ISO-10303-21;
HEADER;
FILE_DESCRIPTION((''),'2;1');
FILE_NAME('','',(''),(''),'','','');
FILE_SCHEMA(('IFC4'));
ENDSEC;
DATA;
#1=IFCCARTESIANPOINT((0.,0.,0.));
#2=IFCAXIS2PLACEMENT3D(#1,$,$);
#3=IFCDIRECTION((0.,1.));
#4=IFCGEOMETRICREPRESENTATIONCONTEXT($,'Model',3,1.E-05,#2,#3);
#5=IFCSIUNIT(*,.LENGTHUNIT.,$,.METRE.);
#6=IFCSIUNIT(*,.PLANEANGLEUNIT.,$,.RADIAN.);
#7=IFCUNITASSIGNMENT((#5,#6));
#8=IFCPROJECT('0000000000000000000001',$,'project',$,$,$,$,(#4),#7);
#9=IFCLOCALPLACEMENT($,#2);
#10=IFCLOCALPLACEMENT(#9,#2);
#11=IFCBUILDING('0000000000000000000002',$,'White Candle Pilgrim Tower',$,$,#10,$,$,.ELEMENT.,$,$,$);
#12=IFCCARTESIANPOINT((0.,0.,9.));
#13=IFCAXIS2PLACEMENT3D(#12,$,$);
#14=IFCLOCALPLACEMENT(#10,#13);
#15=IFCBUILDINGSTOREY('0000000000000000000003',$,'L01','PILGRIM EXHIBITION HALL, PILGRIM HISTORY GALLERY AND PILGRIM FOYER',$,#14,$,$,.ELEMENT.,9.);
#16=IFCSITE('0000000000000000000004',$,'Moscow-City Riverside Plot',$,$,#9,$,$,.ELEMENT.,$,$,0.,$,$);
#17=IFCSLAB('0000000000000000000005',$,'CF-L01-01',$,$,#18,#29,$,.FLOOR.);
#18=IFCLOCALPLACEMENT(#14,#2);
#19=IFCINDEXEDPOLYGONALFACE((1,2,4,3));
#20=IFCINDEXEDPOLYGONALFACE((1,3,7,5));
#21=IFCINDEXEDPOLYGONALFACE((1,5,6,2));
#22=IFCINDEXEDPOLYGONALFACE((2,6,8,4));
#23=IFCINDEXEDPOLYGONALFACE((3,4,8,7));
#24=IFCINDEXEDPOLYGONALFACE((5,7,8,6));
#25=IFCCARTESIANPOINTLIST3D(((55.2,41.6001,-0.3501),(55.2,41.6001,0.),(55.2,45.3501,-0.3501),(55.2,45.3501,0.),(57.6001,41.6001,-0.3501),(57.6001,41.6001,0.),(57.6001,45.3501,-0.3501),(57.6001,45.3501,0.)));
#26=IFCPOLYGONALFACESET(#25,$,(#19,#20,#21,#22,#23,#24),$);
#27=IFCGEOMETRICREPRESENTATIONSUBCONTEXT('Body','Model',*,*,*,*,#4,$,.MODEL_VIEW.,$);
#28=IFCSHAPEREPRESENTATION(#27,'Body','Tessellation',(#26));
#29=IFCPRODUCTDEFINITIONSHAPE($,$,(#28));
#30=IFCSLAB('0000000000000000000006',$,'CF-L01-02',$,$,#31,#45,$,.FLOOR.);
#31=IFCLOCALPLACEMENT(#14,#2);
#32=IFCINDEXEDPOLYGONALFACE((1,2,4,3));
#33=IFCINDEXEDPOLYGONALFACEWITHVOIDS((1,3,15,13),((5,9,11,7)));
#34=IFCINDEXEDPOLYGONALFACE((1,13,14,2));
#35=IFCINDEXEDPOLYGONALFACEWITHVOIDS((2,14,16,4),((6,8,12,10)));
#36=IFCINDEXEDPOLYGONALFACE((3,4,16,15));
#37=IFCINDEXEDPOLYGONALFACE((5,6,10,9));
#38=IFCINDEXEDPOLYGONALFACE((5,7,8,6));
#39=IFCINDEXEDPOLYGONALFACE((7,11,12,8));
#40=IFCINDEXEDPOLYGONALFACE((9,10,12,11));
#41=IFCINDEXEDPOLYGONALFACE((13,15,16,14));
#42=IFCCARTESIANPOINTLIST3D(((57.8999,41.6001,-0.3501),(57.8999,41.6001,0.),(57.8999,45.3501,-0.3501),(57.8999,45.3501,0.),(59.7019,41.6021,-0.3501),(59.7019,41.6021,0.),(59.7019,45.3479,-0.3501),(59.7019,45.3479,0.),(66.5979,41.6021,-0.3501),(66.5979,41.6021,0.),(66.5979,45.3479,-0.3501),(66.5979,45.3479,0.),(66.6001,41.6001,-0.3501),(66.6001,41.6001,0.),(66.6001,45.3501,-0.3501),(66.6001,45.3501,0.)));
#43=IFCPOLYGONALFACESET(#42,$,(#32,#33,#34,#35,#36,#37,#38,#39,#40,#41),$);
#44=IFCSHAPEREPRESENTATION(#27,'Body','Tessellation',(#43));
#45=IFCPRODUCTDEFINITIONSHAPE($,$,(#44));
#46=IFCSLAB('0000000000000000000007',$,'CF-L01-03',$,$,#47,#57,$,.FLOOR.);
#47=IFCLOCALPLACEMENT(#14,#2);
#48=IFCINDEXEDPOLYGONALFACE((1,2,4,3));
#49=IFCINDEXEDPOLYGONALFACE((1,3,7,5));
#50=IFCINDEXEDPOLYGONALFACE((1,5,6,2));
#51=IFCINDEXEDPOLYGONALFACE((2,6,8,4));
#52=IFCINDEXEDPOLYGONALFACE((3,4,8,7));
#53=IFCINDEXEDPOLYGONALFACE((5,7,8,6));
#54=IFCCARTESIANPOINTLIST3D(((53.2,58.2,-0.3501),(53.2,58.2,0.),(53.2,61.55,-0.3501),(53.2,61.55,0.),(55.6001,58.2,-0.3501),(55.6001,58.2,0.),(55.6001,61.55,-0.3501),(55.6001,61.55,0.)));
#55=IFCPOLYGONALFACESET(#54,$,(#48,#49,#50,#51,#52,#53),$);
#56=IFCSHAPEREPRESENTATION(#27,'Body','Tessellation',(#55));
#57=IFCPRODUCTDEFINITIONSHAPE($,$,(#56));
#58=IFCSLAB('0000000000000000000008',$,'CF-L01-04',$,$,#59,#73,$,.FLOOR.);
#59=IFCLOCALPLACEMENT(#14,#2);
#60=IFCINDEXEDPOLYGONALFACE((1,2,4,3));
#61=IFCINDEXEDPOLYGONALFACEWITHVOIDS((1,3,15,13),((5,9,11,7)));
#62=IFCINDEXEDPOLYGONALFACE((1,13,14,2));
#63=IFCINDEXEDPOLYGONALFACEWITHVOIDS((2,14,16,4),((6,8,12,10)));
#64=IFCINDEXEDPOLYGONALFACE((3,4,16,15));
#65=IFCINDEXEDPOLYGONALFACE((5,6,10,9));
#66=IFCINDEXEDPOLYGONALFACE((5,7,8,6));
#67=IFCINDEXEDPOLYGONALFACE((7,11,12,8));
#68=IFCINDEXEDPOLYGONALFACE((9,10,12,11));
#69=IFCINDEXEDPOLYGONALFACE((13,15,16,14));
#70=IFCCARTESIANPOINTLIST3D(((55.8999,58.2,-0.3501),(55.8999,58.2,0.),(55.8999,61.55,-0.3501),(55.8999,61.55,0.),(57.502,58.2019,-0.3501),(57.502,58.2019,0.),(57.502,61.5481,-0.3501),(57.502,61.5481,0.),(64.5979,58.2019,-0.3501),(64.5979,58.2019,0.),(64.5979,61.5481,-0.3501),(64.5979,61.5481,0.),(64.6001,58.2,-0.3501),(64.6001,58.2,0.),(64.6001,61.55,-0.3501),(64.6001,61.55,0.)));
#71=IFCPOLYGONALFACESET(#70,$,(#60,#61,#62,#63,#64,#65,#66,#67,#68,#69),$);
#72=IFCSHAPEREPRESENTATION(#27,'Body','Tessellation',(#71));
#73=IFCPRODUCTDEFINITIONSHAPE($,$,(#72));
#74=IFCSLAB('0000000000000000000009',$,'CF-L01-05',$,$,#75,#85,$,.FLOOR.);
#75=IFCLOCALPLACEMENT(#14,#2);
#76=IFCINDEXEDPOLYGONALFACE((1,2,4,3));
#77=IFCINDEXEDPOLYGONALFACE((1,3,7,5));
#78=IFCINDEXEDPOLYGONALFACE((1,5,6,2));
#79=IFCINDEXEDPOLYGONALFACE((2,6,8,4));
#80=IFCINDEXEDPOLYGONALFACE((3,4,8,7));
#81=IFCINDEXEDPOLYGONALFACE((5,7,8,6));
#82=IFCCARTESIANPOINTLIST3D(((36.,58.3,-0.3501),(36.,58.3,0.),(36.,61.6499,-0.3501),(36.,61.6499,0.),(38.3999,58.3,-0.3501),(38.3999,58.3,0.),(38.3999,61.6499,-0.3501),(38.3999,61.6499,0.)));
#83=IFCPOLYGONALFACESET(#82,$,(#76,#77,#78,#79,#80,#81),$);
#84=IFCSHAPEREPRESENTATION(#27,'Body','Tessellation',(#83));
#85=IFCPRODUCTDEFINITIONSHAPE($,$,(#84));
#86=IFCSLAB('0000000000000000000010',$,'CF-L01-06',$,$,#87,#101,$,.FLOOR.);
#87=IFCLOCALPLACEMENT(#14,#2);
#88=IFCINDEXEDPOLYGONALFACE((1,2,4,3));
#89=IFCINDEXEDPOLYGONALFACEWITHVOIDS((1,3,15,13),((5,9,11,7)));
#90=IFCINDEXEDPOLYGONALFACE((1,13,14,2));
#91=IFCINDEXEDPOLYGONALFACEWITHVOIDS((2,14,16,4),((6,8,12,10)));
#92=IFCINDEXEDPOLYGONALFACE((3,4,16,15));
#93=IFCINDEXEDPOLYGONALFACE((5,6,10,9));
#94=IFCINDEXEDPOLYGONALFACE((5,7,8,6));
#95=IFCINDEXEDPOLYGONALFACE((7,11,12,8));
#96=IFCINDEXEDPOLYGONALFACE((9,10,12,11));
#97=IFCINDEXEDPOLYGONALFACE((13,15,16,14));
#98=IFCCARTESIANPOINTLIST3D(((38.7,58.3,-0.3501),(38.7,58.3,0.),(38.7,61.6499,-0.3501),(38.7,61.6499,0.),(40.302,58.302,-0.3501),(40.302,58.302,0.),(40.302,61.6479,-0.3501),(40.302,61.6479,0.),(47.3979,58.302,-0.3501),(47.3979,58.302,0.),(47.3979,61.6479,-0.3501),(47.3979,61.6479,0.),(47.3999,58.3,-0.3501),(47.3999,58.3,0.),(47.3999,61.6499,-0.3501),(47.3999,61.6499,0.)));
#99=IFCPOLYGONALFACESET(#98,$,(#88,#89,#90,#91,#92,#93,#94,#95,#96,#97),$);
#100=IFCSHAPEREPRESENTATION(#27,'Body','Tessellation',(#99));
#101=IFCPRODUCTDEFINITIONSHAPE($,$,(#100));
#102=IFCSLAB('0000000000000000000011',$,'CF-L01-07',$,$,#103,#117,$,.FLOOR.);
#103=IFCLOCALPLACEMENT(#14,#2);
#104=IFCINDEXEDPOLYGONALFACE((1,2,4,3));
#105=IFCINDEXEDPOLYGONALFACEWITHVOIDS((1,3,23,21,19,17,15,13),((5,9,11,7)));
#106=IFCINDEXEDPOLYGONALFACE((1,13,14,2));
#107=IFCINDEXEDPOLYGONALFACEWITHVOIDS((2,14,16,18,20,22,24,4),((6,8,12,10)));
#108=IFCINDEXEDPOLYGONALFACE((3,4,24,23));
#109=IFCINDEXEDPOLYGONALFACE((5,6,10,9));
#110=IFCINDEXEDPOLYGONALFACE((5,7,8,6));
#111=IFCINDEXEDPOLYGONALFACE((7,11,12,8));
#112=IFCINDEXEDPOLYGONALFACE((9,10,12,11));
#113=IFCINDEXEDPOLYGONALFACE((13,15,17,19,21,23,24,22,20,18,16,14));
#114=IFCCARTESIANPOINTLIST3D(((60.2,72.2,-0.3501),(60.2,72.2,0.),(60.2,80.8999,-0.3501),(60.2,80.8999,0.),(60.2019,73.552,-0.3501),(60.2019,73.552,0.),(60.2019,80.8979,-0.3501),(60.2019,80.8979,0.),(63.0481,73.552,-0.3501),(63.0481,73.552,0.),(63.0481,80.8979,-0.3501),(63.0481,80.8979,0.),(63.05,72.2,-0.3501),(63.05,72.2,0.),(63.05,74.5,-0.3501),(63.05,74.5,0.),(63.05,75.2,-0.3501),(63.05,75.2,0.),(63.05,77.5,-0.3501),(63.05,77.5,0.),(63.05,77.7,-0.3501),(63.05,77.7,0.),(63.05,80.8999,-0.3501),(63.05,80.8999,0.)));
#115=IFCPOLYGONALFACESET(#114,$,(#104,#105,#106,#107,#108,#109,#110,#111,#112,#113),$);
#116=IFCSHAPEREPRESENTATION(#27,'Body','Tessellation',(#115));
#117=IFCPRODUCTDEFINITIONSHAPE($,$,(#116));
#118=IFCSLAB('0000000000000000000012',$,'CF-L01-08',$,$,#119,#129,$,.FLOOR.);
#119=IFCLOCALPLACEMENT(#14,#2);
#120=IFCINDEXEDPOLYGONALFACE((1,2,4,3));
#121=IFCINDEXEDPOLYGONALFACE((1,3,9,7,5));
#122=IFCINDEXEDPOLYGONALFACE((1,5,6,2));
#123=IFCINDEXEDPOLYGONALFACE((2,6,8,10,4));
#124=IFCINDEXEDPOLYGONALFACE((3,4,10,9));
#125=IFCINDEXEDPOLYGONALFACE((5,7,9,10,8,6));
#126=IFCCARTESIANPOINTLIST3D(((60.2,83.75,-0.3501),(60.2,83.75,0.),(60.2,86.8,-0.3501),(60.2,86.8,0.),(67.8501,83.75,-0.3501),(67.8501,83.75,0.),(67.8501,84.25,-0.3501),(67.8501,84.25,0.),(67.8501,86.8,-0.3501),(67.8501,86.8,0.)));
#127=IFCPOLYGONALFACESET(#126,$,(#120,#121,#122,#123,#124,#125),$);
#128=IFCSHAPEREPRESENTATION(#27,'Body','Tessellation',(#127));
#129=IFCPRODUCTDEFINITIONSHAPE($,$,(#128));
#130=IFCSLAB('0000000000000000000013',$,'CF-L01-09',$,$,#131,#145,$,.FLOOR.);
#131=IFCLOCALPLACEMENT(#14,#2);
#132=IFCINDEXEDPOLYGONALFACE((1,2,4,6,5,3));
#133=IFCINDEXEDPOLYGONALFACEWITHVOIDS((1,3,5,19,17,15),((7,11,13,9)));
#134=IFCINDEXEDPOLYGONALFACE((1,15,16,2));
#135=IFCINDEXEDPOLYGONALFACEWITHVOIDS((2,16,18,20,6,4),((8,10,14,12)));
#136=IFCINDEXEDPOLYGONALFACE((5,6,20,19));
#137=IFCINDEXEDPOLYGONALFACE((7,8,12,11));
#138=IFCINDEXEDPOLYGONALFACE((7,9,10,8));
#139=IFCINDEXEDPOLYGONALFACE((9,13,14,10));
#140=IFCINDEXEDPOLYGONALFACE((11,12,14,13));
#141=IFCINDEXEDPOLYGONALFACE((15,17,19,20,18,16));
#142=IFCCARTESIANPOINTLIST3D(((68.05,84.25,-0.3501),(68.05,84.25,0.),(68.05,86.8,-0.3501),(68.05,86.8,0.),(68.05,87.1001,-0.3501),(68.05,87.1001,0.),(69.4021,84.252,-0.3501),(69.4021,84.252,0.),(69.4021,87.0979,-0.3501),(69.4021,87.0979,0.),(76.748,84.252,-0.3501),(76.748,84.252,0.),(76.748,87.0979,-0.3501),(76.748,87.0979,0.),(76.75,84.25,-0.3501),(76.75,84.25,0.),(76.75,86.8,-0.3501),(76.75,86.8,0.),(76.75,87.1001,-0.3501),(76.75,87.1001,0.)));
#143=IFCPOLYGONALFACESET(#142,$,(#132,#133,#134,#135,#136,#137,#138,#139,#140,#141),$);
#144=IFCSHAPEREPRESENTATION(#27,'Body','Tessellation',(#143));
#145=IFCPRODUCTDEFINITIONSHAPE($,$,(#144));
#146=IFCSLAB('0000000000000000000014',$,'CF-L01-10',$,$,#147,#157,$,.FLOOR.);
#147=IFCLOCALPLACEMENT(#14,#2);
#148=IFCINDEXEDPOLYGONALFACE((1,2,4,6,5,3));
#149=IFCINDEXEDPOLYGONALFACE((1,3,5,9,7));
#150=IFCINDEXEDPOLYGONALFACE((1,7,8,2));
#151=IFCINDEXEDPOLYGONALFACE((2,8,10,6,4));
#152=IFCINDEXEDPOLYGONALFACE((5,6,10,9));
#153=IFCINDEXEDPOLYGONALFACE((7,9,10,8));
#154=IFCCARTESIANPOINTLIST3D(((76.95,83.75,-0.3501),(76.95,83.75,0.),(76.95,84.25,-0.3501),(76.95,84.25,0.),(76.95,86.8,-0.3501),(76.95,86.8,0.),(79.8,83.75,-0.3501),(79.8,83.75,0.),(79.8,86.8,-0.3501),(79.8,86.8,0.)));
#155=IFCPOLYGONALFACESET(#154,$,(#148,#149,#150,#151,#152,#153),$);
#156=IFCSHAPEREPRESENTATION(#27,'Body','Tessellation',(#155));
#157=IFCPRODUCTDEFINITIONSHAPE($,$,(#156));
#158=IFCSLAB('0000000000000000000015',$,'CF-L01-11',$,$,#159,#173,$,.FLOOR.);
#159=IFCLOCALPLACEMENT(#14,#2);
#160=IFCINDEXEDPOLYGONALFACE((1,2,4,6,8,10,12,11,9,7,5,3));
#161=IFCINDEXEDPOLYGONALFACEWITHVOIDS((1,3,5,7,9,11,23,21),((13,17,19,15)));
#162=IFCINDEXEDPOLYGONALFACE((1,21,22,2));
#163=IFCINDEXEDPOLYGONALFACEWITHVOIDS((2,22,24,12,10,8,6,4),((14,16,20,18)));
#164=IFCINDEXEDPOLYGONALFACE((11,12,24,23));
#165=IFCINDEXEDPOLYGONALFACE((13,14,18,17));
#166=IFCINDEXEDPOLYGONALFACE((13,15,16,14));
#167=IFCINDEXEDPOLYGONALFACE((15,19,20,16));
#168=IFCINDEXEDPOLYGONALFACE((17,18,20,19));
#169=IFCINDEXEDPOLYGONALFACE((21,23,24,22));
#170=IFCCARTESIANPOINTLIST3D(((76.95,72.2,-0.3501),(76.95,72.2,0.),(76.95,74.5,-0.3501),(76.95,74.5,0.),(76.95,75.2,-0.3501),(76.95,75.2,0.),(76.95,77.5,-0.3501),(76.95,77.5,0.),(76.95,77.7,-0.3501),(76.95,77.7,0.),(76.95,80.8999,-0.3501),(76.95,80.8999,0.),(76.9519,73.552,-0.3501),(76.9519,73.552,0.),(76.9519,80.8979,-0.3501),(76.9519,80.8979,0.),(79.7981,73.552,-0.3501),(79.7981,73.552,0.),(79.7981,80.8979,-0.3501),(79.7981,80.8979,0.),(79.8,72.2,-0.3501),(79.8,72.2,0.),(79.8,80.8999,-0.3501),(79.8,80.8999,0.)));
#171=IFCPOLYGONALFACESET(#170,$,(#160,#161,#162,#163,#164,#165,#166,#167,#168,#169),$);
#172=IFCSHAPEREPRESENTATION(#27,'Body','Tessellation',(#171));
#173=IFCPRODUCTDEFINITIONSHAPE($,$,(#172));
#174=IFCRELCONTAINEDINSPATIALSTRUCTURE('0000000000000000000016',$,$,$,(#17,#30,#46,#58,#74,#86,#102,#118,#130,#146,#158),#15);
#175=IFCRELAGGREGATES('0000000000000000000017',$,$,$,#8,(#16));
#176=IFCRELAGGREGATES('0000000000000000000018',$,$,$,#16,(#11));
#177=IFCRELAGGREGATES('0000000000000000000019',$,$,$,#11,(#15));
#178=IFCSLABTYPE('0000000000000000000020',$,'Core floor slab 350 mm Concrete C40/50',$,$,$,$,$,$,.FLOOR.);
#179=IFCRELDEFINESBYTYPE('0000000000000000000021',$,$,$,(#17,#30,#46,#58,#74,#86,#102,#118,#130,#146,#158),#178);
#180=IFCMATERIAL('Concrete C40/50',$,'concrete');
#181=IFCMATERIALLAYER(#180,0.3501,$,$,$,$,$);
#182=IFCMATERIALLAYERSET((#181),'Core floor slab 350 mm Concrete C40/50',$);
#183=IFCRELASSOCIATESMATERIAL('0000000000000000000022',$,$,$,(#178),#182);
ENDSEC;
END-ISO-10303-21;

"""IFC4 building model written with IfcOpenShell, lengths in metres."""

from ifc_helpers import new_model, si_unit, direction, frame, origin, place, context, subcontext, project, spatial, polyline, outline, extrude, material, layer, layer_set, type_object, element, save


model = new_model("IFC4")

# Units and contexts
model_context = context("Model", 3, precision=1e-05, world=origin(), true_north=direction((0.0, 1.0)))
body_context = subcontext(model_context, "Body", "Model", "MODEL_VIEW")
ifc_project = project(units=[si_unit("LENGTHUNIT", "METRE"), si_unit("PLANEANGLEUNIT", "RADIAN")], contexts=[model_context])

# Site, building, storey
site_placement = place(None, origin())
site = spatial("IfcSite", under=ifc_project, at=site_placement, Name="Moscow-City Riverside Plot", CompositionType="ELEMENT", RefElevation=0.0)
building_placement = place(site_placement, origin())
building = spatial("IfcBuilding", under=site, at=building_placement, Name="White Candle Pilgrim Tower", CompositionType="ELEMENT")
storey_placement = place(building_placement, frame((0.0, 0.0, 9.0)))
storey = spatial("IfcBuildingStorey", under=building, at=storey_placement, Name="L01", Description="PILGRIM EXHIBITION HALL, PILGRIM HISTORY GALLERY AND PILGRIM FOYER", CompositionType="ELEMENT", Elevation=9.0)

# Slabs
ifc_material = material(Name="Concrete C40/50", Category="concrete")
ifc_layer_1 = layer(ifc_material, 0.3501)
ifc_layer_set_1 = layer_set([ifc_layer_1], Name="Core floor slab 350 mm Concrete C40/50")
slab_type_1 = type_object("IfcSlabType", Name="Core floor slab 350 mm Concrete C40/50", PredefinedType="FLOOR", material=ifc_layer_set_1)
slab_1_placement = place(storey_placement, frame((0.0, 0.0, -0.3501)))
element("IfcSlab", 1, at=slab_1_placement, inside=storey, type_object=slab_type_1, Name="CF-L01-01", PredefinedType="FLOOR", context=body_context, shape_type="SweptSolid", body=[
    extrude(outline(polyline([(55.2, 45.3501), (57.6001, 45.3501), (57.6001, 41.6001), (55.2, 41.6001), (55.2, 45.3501)])), origin(), (0.0, 0.0, 1.0), 0.3501),
])
slab_2_placement = place(storey_placement, frame((0.0, 0.0, -0.3501)))
element("IfcSlab", 2, at=slab_2_placement, inside=storey, type_object=slab_type_1, Name="CF-L01-02", PredefinedType="FLOOR", context=body_context, shape_type="SweptSolid", body=[
    extrude(outline(polyline([(57.8999, 45.3501), (66.6001, 45.3501), (66.6001, 41.6001), (57.8999, 41.6001), (57.8999, 45.3501)]), holes=[polyline([(66.5979, 45.3479), (59.7019, 45.3479), (59.7019, 41.6021), (66.5979, 41.6021), (66.5979, 45.3479)])]), origin(), (0.0, 0.0, 1.0), 0.3501),
])
slab_3_placement = place(storey_placement, frame((0.0, 0.0, -0.3501)))
element("IfcSlab", 3, at=slab_3_placement, inside=storey, type_object=slab_type_1, Name="CF-L01-03", PredefinedType="FLOOR", context=body_context, shape_type="SweptSolid", body=[
    extrude(outline(polyline([(53.2, 61.55), (55.6001, 61.55), (55.6001, 58.2), (53.2, 58.2), (53.2, 61.55)])), origin(), (0.0, 0.0, 1.0), 0.3501),
])
slab_4_placement = place(storey_placement, frame((0.0, 0.0, -0.3501)))
element("IfcSlab", 4, at=slab_4_placement, inside=storey, type_object=slab_type_1, Name="CF-L01-04", PredefinedType="FLOOR", context=body_context, shape_type="SweptSolid", body=[
    extrude(outline(polyline([(55.8999, 61.55), (64.6001, 61.55), (64.6001, 58.2), (55.8999, 58.2), (55.8999, 61.55)]), holes=[polyline([(64.5979, 61.5481), (57.502, 61.5481), (57.502, 58.2019), (64.5979, 58.2019), (64.5979, 61.5481)])]), origin(), (0.0, 0.0, 1.0), 0.3501),
])
slab_5_placement = place(storey_placement, frame((0.0, 0.0, -0.3501)))
element("IfcSlab", 5, at=slab_5_placement, inside=storey, type_object=slab_type_1, Name="CF-L01-05", PredefinedType="FLOOR", context=body_context, shape_type="SweptSolid", body=[
    extrude(outline(polyline([(36.0, 61.6499), (38.3999, 61.6499), (38.3999, 58.3), (36.0, 58.3), (36.0, 61.6499)])), origin(), (0.0, 0.0, 1.0), 0.3501),
])
slab_6_placement = place(storey_placement, frame((0.0, 0.0, -0.3501)))
element("IfcSlab", 6, at=slab_6_placement, inside=storey, type_object=slab_type_1, Name="CF-L01-06", PredefinedType="FLOOR", context=body_context, shape_type="SweptSolid", body=[
    extrude(outline(polyline([(47.3999, 61.6499), (47.3999, 58.3), (38.7, 58.3), (38.7, 61.6499), (47.3999, 61.6499)]), holes=[polyline([(47.3979, 61.6479), (40.302, 61.6479), (40.302, 58.302), (47.3979, 58.302), (47.3979, 61.6479)])]), origin(), (0.0, 0.0, 1.0), 0.3501),
])
slab_7_placement = place(storey_placement, frame((0.0, 0.0, -0.3501)))
element("IfcSlab", 7, at=slab_7_placement, inside=storey, type_object=slab_type_1, Name="CF-L01-07", PredefinedType="FLOOR", context=body_context, shape_type="SweptSolid", body=[
    extrude(outline(polyline([(60.2, 80.8999), (63.05, 80.8999), (63.05, 77.7), (63.05, 77.5), (63.05, 75.2), (63.05, 74.5), (63.05, 72.2), (60.2, 72.2), (60.2, 80.8999)]), holes=[polyline([(60.2019, 80.8979), (60.2019, 73.552), (63.0481, 73.552), (63.0481, 80.8979), (60.2019, 80.8979)])]), origin(), (0.0, 0.0, 1.0), 0.3501),
])
slab_8_placement = place(storey_placement, frame((0.0, 0.0, -0.3501)))
element("IfcSlab", 8, at=slab_8_placement, inside=storey, type_object=slab_type_1, Name="CF-L01-08", PredefinedType="FLOOR", context=body_context, shape_type="SweptSolid", body=[
    extrude(outline(polyline([(60.2, 86.8), (67.8501, 86.8), (67.8501, 84.25), (67.8501, 83.75), (60.2, 83.75), (60.2, 86.8)])), origin(), (0.0, 0.0, 1.0), 0.3501),
])
slab_9_placement = place(storey_placement, frame((0.0, 0.0, -0.3501)))
element("IfcSlab", 9, at=slab_9_placement, inside=storey, type_object=slab_type_1, Name="CF-L01-09", PredefinedType="FLOOR", context=body_context, shape_type="SweptSolid", body=[
    extrude(outline(polyline([(68.05, 87.1001), (76.75, 87.1001), (76.75, 86.8), (76.75, 84.25), (68.05, 84.25), (68.05, 86.8), (68.05, 87.1001)]), holes=[polyline([(76.748, 87.0979), (69.4021, 87.0979), (69.4021, 84.252), (76.748, 84.252), (76.748, 87.0979)])]), origin(), (0.0, 0.0, 1.0), 0.3501),
])
slab_10_placement = place(storey_placement, frame((0.0, 0.0, -0.3501)))
element("IfcSlab", 10, at=slab_10_placement, inside=storey, type_object=slab_type_1, Name="CF-L01-10", PredefinedType="FLOOR", context=body_context, shape_type="SweptSolid", body=[
    extrude(outline(polyline([(79.8, 86.8), (79.8, 83.75), (76.95, 83.75), (76.95, 84.25), (76.95, 86.8), (79.8, 86.8)])), origin(), (0.0, 0.0, 1.0), 0.3501),
])
slab_11_placement = place(storey_placement, frame((0.0, 0.0, -0.3501)))
element("IfcSlab", 11, at=slab_11_placement, inside=storey, type_object=slab_type_1, Name="CF-L01-11", PredefinedType="FLOOR", context=body_context, shape_type="SweptSolid", body=[
    extrude(outline(polyline([(79.8, 72.2), (76.95, 72.2), (76.95, 74.5), (76.95, 75.2), (76.95, 77.5), (76.95, 77.7), (76.95, 80.8999), (79.8, 80.8999), (79.8, 72.2)]), holes=[polyline([(76.9519, 73.552), (79.7981, 73.552), (79.7981, 80.8979), (76.9519, 80.8979), (76.9519, 73.552)])]), origin(), (0.0, 0.0, 1.0), 0.3501),
])

save(model, "model.ifc")
